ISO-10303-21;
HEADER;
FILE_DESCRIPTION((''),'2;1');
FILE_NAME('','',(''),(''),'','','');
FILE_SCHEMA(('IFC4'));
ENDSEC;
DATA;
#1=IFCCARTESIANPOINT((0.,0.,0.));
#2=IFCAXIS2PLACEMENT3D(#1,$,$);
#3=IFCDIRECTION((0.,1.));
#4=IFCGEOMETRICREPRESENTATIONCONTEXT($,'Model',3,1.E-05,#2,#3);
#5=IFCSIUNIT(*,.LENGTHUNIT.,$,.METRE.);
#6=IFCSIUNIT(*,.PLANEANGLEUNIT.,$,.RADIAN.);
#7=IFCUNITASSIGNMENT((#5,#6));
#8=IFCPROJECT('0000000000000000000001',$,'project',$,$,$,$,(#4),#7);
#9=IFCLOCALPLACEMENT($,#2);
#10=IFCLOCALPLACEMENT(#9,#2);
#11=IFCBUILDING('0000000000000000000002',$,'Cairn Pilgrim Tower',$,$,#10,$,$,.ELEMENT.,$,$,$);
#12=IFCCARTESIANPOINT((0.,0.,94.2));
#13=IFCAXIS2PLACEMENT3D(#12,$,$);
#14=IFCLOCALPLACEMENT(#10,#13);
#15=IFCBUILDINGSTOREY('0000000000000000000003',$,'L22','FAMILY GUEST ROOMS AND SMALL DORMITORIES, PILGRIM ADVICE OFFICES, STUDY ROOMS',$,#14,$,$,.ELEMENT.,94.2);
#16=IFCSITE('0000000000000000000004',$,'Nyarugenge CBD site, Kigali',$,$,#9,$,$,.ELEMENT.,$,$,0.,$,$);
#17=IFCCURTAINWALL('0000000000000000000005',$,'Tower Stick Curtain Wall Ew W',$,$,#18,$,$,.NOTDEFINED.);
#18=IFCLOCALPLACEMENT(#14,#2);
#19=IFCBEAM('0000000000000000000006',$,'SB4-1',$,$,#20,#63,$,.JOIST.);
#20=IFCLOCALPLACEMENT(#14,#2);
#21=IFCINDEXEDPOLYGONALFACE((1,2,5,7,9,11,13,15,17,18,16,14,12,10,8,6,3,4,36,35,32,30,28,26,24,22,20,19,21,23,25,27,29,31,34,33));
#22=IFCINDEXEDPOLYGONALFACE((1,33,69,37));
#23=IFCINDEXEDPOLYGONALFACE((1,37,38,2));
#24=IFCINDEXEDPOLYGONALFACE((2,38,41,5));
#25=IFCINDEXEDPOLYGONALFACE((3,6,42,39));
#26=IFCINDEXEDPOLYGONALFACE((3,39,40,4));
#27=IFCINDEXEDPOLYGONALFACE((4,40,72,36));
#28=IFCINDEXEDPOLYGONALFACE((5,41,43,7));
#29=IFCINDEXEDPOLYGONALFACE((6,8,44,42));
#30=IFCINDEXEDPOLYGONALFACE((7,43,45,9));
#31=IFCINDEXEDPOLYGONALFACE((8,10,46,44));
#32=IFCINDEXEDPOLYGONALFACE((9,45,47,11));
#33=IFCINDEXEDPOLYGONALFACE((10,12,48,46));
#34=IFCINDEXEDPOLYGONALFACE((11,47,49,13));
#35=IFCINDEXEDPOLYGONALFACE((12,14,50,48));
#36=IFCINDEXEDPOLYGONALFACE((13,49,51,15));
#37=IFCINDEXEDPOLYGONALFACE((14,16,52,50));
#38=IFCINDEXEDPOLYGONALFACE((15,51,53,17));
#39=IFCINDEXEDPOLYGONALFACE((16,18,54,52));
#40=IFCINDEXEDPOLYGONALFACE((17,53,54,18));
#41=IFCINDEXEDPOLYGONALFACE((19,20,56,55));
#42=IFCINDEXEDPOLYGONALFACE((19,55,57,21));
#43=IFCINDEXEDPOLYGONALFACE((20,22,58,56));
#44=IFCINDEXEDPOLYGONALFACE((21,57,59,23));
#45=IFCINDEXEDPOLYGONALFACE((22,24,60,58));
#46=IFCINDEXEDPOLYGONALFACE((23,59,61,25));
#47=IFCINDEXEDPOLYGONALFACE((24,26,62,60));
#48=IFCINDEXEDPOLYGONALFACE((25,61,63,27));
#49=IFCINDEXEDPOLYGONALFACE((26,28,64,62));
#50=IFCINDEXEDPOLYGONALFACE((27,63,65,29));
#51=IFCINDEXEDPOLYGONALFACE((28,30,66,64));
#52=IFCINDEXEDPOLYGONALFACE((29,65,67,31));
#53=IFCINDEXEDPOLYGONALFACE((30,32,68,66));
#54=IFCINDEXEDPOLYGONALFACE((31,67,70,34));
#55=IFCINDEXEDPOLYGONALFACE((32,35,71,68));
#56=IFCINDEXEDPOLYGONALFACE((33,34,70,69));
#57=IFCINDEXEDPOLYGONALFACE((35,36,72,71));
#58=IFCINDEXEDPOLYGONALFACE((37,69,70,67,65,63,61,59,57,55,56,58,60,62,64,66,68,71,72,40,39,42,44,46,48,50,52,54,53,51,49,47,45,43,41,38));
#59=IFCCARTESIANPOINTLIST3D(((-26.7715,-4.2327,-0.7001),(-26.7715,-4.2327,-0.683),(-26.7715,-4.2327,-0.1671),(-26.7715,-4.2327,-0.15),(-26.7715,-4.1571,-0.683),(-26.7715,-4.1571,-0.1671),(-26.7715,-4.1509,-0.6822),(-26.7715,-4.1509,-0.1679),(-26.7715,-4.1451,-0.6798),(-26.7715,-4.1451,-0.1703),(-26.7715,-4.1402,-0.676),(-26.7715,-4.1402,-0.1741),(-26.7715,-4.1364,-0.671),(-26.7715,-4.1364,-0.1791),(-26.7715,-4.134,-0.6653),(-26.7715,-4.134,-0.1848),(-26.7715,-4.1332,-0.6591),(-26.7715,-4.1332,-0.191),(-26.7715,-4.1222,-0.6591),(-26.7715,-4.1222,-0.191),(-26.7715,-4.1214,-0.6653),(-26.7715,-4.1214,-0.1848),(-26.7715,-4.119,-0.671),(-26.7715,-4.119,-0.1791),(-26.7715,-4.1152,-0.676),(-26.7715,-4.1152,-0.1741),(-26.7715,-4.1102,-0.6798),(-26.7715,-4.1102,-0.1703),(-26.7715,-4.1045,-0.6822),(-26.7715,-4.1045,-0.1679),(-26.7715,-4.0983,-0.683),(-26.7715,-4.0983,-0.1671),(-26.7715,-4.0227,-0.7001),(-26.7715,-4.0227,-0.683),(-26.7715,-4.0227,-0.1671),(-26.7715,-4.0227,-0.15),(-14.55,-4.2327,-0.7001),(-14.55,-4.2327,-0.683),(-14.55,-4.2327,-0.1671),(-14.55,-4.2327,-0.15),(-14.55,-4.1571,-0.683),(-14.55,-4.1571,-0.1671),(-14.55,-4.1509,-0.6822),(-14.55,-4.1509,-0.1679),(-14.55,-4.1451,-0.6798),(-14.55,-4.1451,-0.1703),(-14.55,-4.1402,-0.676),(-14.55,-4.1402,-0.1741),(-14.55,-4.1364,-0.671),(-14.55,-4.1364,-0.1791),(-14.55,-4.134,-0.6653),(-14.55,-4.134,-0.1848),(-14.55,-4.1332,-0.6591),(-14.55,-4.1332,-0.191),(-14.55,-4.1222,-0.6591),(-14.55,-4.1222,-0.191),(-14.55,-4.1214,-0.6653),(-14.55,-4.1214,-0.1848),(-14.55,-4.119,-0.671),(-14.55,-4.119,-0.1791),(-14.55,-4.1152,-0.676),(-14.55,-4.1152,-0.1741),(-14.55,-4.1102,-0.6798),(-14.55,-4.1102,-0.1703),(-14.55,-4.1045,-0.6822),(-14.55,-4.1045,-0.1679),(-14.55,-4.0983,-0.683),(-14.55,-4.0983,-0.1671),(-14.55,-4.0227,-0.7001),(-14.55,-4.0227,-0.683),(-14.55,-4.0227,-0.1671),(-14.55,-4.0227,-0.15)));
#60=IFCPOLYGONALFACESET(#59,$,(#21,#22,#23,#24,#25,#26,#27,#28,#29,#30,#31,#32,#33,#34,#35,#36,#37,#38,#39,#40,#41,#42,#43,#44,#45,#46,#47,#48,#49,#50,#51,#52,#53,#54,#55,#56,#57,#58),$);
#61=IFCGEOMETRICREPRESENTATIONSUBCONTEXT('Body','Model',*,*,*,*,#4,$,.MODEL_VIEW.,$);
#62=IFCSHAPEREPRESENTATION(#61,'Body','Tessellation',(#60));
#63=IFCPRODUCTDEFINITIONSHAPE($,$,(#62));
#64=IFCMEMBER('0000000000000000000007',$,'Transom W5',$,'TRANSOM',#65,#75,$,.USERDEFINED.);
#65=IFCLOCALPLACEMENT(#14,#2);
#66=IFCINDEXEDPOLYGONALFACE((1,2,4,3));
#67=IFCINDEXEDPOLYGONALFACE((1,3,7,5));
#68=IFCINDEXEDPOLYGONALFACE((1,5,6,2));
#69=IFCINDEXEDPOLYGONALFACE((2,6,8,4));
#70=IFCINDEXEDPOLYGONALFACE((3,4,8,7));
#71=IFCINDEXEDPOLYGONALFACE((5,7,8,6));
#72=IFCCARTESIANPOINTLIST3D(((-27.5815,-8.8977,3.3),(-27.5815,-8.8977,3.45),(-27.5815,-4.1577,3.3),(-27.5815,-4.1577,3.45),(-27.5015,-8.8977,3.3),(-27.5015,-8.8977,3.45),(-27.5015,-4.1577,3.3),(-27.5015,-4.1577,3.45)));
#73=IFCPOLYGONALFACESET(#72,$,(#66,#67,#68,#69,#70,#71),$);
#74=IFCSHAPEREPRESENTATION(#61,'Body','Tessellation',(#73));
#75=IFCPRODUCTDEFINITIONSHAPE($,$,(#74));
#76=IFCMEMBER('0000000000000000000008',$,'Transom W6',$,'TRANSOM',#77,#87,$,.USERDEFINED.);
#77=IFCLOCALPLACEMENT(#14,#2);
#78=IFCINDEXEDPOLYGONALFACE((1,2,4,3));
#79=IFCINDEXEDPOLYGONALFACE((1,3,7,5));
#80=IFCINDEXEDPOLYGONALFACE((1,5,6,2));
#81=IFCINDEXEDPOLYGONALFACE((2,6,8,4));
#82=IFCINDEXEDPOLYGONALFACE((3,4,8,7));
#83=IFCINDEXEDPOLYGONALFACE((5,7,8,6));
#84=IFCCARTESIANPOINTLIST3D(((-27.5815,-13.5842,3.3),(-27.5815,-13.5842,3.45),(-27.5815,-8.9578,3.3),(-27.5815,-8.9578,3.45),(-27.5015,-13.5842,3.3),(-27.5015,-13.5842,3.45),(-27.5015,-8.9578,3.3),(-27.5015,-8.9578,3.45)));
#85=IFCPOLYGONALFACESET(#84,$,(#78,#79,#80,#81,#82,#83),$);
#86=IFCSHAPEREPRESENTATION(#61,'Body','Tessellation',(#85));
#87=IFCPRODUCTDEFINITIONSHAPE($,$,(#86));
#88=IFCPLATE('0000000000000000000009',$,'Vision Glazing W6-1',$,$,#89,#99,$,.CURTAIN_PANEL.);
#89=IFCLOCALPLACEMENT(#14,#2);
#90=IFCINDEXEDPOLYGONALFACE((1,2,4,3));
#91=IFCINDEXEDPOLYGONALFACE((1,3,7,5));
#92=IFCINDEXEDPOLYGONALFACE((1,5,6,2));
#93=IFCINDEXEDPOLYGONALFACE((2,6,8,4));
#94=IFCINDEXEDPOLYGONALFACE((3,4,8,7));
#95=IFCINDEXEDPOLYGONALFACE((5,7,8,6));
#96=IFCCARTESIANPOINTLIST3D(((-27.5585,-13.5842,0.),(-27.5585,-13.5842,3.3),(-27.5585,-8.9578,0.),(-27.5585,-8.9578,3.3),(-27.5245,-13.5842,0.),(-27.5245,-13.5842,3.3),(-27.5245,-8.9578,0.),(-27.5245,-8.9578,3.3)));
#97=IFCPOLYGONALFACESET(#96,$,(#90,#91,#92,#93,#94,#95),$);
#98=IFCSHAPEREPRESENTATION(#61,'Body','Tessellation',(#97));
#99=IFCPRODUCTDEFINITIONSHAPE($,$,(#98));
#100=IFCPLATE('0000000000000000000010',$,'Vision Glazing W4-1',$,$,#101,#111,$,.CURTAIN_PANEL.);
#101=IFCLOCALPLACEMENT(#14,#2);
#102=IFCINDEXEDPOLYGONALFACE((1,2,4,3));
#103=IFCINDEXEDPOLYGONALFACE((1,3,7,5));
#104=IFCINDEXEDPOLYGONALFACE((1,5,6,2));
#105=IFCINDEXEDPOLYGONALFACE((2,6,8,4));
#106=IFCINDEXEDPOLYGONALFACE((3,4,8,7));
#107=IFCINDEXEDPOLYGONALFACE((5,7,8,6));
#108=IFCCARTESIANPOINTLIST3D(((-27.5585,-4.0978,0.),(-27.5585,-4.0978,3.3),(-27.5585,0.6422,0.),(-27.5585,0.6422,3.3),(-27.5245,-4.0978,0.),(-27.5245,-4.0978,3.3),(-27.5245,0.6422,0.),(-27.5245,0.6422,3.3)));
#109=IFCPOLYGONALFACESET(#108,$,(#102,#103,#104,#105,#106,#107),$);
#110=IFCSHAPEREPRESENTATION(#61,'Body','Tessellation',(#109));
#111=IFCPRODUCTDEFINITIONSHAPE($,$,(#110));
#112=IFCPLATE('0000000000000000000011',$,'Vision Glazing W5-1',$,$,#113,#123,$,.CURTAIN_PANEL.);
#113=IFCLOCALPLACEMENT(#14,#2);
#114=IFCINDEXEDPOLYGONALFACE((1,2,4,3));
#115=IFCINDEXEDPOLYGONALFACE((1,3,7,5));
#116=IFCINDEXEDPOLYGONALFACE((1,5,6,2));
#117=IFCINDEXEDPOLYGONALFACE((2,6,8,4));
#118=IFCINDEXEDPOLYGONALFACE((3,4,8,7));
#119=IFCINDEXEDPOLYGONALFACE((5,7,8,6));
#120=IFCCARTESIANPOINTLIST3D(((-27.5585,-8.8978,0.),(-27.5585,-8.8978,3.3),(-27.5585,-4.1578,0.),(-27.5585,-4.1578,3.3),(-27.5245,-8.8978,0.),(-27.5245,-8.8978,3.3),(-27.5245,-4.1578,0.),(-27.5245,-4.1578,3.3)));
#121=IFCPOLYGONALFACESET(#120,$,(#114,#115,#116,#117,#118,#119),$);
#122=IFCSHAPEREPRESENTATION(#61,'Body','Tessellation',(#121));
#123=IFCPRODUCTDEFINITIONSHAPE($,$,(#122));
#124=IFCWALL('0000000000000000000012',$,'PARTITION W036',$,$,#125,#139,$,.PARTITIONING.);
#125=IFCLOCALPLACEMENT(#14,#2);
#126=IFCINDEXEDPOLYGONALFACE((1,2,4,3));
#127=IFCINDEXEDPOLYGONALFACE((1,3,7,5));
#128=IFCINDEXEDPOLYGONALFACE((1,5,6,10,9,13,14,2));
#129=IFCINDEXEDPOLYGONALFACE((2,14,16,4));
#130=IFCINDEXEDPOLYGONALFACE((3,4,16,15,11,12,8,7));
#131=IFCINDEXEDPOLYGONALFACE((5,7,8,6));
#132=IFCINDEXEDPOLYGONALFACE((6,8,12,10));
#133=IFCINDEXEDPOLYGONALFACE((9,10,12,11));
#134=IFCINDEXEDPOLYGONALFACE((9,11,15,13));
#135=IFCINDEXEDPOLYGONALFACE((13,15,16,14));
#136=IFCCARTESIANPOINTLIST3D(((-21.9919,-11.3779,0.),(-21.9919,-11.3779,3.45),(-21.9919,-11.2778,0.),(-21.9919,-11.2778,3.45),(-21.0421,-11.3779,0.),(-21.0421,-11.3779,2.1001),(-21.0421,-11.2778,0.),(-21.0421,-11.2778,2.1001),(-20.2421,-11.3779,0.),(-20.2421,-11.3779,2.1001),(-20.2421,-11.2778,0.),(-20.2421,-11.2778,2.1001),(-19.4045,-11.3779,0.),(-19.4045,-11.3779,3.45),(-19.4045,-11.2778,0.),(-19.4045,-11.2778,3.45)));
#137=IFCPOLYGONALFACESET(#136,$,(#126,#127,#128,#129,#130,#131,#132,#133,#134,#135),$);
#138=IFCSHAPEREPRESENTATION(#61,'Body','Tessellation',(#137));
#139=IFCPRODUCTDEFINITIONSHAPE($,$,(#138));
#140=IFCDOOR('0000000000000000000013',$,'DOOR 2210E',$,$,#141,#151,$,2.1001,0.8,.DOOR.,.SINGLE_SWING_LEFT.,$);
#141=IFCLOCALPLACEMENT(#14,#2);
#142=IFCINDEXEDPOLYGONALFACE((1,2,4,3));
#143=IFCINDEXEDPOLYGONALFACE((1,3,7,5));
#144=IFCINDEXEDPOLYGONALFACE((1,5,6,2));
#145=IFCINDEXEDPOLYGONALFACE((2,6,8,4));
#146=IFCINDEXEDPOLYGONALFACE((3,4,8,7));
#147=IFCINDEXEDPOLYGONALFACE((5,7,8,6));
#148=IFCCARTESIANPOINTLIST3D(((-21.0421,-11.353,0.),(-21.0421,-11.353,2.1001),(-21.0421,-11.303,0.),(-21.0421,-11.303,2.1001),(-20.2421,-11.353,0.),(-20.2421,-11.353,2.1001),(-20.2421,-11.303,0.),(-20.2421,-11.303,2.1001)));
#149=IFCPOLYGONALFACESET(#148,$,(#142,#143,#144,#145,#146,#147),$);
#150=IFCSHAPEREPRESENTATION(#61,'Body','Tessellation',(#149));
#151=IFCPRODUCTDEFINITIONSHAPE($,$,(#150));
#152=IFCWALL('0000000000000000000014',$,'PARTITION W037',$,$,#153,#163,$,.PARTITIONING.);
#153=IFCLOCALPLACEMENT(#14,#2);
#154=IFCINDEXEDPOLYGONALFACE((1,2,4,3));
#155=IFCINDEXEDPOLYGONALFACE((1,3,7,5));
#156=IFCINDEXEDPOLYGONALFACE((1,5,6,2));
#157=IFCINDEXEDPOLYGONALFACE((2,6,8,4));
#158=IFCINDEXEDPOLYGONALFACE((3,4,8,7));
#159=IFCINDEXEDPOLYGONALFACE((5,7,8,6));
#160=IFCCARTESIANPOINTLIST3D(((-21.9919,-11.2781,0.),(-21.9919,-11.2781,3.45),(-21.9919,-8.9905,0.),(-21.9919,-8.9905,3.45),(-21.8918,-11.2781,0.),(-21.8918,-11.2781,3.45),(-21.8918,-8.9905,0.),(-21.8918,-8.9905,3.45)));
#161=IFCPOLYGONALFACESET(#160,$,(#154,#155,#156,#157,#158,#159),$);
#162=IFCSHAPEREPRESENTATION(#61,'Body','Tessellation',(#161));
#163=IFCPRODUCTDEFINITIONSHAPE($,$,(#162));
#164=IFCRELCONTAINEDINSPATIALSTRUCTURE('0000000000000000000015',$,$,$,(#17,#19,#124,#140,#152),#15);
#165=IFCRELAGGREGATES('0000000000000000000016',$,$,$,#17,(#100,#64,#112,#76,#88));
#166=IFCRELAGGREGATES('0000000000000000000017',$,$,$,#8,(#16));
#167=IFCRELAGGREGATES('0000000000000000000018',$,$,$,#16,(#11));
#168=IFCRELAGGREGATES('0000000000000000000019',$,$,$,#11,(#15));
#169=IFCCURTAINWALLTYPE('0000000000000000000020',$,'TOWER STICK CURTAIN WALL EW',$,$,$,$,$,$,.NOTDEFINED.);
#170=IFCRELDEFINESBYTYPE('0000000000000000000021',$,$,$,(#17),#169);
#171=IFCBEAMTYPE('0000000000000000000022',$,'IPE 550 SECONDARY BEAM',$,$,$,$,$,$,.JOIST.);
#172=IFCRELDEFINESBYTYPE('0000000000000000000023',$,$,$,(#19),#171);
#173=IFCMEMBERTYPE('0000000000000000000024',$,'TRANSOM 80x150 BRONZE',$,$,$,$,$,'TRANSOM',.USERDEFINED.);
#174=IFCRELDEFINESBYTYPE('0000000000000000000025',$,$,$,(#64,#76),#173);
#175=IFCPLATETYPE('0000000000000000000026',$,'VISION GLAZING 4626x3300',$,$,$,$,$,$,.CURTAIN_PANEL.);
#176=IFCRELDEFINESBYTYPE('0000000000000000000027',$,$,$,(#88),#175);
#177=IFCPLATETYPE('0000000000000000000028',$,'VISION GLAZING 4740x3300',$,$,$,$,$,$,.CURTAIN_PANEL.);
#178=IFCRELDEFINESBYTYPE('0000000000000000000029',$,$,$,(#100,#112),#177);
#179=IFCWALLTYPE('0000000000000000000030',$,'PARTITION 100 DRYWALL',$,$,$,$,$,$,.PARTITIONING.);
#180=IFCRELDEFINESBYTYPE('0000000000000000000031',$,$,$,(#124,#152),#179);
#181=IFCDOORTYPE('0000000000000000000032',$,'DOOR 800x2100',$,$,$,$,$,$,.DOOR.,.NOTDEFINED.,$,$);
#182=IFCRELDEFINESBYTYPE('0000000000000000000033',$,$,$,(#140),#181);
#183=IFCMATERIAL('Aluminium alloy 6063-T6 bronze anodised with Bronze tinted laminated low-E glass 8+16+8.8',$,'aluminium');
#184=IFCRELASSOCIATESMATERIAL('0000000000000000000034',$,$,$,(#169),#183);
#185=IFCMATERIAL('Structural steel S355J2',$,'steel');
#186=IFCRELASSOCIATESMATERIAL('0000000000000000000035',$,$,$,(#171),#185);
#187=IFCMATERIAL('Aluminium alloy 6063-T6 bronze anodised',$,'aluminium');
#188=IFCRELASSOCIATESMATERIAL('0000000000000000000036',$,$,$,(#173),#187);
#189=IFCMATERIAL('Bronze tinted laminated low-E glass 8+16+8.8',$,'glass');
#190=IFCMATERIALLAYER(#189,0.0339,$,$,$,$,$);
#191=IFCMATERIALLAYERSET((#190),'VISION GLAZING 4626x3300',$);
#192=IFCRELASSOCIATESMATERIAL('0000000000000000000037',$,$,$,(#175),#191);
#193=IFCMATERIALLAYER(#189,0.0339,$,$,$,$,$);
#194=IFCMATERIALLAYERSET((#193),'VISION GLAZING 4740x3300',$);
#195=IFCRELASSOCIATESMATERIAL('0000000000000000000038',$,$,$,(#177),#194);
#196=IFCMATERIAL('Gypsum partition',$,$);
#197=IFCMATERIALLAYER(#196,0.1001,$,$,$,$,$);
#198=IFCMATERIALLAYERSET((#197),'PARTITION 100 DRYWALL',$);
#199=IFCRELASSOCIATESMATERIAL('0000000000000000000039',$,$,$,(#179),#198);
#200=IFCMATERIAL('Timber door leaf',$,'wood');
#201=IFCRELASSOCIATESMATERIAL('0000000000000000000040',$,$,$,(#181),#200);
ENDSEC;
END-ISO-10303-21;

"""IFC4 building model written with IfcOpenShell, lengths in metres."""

from ifc_helpers import new_model, si_unit, direction, frame, frame_2d, origin, origin_2d, place, context, subcontext, project, spatial, rectangle, i_section, extrude, material, layer, layer_set, material_profile, profile_set, type_object, element, fill, aggregate, save


model = new_model("IFC4")

# Units and contexts
model_context = context("Model", 3, precision=1e-05, world=origin(), true_north=direction((0.0, 1.0)))
body_context = subcontext(model_context, "Body", "Model", "MODEL_VIEW")
ifc_project = project(units=[si_unit("LENGTHUNIT", "METRE"), si_unit("PLANEANGLEUNIT", "RADIAN")], contexts=[model_context])

# Site, building, storey
site_placement = place(None, origin())
site = spatial("IfcSite", under=ifc_project, at=site_placement, Name="Nyarugenge CBD site, Kigali", CompositionType="ELEMENT", RefElevation=0.0)
building_placement = place(site_placement, origin())
building = spatial("IfcBuilding", under=site, at=building_placement, Name="Cairn Pilgrim Tower", CompositionType="ELEMENT")
storey_placement = place(building_placement, frame((0.0, 0.0, 94.2)))
storey = spatial("IfcBuildingStorey", under=building, at=storey_placement, Name="L22", Description="FAMILY GUEST ROOMS AND SMALL DORMITORIES, PILGRIM ADVICE OFFICES, STUDY ROOMS", CompositionType="ELEMENT", Elevation=94.2)

# Curtain wall
ifc_material_1 = material(Name="Aluminium alloy 6063-T6 bronze anodised with Bronze tinted laminated low-E glass 8+16+8.8", Category="aluminium")
curtain_wall_type = type_object("IfcCurtainWallType", Name="TOWER STICK CURTAIN WALL EW", PredefinedType="NOTDEFINED", material=ifc_material_1)
curtain_wall_placement = place(storey_placement, origin())
curtain_wall = element("IfcCurtainWall", 1, at=curtain_wall_placement, inside=storey, type_object=curtain_wall_type, Name="Tower Stick Curtain Wall Ew W", PredefinedType="NOTDEFINED")
ifc_material_2 = material(Name="Aluminium alloy 6063-T6 bronze anodised", Category="aluminium")

# Beam
ifc_material_3 = material(Name="Structural steel S355J2", Category="steel")
ifc_material_profile_1 = material_profile(ifc_material_3, i_section(OverallWidth=0.21, OverallDepth=0.55, WebThickness=0.011, FlangeThickness=0.0171, FilletRadius=0.0239, at=origin_2d()), Name="IPE 550")
ifc_profile_set_1 = profile_set([ifc_material_profile_1], Name="Structural steel S355J2")
beam_type_1 = type_object("IfcBeamType", Name="IPE 550 SECONDARY BEAM", PredefinedType="JOIST", material=ifc_profile_set_1)
for number, where, z_axis, x_axis, name in (
    (2, (-26.7715, -4.1277, -0.425), (1.0, 0.0, 0.0), (0.0, 1.0, 0.0), "SB4-1"),
):
    element("IfcBeam", number, at=place(storey_placement, frame(where, z_axis=z_axis, x_axis=x_axis)), inside=storey, type_object=beam_type_1, Name=name, PredefinedType="JOIST", context=body_context, shape_type="SweptSolid", body=[
        extrude(i_section(OverallWidth=0.21, OverallDepth=0.55, WebThickness=0.011, FlangeThickness=0.0171, FilletRadius=0.0239, at=origin_2d()), origin(), (0.0, 0.0, 1.0), 12.2214),
    ])

# Members
ifc_material_profile_2 = material_profile(ifc_material_2, rectangle(XDim=0.0801, YDim=0.1499, at=origin_2d()), Name="TRANSOM 80x150 BRONZE")
ifc_profile_set_2 = profile_set([ifc_material_profile_2], Name="Aluminium alloy 6063-T6 bronze anodised")
member_type_1 = type_object("IfcMemberType", Name="TRANSOM 80x150 BRONZE", ElementType="TRANSOM", PredefinedType="USERDEFINED", material=ifc_profile_set_2)
member_1_placement = place(storey_placement, frame((-27.5415, -4.1577, 3.375), z_axis=(0.0, -1.0, 0.0), x_axis=(1.0, 0.0, 0.0)))
member_1 = element("IfcMember", 3, at=member_1_placement, type_object=member_type_1, Name="Transom W5", ObjectType="TRANSOM", PredefinedType="USERDEFINED", context=body_context, shape_type="SweptSolid", body=[
    extrude(rectangle(XDim=0.0801, YDim=0.1499, at=origin_2d()), origin(), (0.0, 0.0, 1.0), 4.74),
])
member_2_placement = place(storey_placement, frame((-27.5415, -8.9578, 3.375), z_axis=(0.0, -1.0, 0.0), x_axis=(1.0, 0.0, 0.0)))
member_2 = element("IfcMember", 4, at=member_2_placement, type_object=member_type_1, Name="Transom W6", ObjectType="TRANSOM", PredefinedType="USERDEFINED", context=body_context, shape_type="SweptSolid", body=[
    extrude(rectangle(XDim=0.0801, YDim=0.1499, at=origin_2d()), origin(), (0.0, 0.0, 1.0), 4.6265),
])

# Plates
ifc_material_4 = material(Name="Bronze tinted laminated low-E glass 8+16+8.8", Category="glass")
ifc_layer_1 = layer(ifc_material_4, 0.0339)
ifc_layer_set_1 = layer_set([ifc_layer_1], Name="VISION GLAZING 4626x3300")
plate_type_1 = type_object("IfcPlateType", Name="VISION GLAZING 4626x3300", PredefinedType="CURTAIN_PANEL", material=ifc_layer_set_1)
plate_1_placement = place(storey_placement, frame((-27.5415, -11.271, 0.0), z_axis=(0.0, 0.0, 1.0), x_axis=(0.0, -1.0, 0.0)))
plate_1 = element("IfcPlate", 5, at=plate_1_placement, type_object=plate_type_1, Name="Vision Glazing W6-1", PredefinedType="CURTAIN_PANEL", context=body_context, shape_type="SweptSolid", body=[
    extrude(rectangle(XDim=4.6265, YDim=0.0339, at=origin_2d()), origin(), (0.0, 0.0, 1.0), 3.3),
])
ifc_layer_2 = layer(ifc_material_4, 0.0339)
ifc_layer_set_2 = layer_set([ifc_layer_2], Name="VISION GLAZING 4740x3300")
plate_type_2 = type_object("IfcPlateType", Name="VISION GLAZING 4740x3300", PredefinedType="CURTAIN_PANEL", material=ifc_layer_set_2)
plate_2_placement = place(storey_placement, frame((-27.5415, -1.7278, 0.0), z_axis=(0.0, 0.0, 1.0), x_axis=(0.0, -1.0, 0.0)))
plate_2 = element("IfcPlate", 6, at=plate_2_placement, type_object=plate_type_2, Name="Vision Glazing W4-1", PredefinedType="CURTAIN_PANEL", context=body_context, shape_type="SweptSolid", body=[
    extrude(rectangle(XDim=4.74, YDim=0.0339, at=origin_2d()), origin(), (0.0, 0.0, 1.0), 3.3),
])
plate_3_placement = place(storey_placement, frame((-27.5415, -6.5278, 0.0), z_axis=(0.0, 0.0, 1.0), x_axis=(0.0, -1.0, 0.0)))
plate_3 = element("IfcPlate", 7, at=plate_3_placement, type_object=plate_type_2, Name="Vision Glazing W5-1", PredefinedType="CURTAIN_PANEL", context=body_context, shape_type="SweptSolid", body=[
    extrude(rectangle(XDim=4.74, YDim=0.0339, at=origin_2d()), origin(), (0.0, 0.0, 1.0), 3.3),
])
aggregate(curtain_wall, [plate_2, member_1, plate_3, member_2, plate_1])

# Wall, opening, door
ifc_material_5 = material(Name="Gypsum partition")
ifc_layer_3 = layer(ifc_material_5, 0.1001)
ifc_layer_set_3 = layer_set([ifc_layer_3], Name="PARTITION 100 DRYWALL")
wall_type_1 = type_object("IfcWallType", Name="PARTITION 100 DRYWALL", PredefinedType="PARTITIONING", material=ifc_layer_set_3)
wall_1_placement = place(storey_placement, frame((-21.9919, -11.3279, 0.0), z_axis=(0.0, 0.0, 1.0), x_axis=(1.0, 0.0, 0.0)))
wall_1 = element("IfcWall", 8, at=wall_1_placement, inside=storey, type_object=wall_type_1, Name="PARTITION W036", PredefinedType="PARTITIONING", context=body_context, shape_type="SweptSolid", body=[
    extrude(rectangle(XDim=2.5874, YDim=0.1001, at=frame_2d((1.2937, 0.0))), origin(), (0.0, 0.0, 1.0), 3.45),
])
opening_1_placement = place(wall_1_placement, frame((0.95, 0.0, 0.0)))
opening_1 = element("IfcOpeningElement", 9, at=opening_1_placement, cuts=wall_1, PredefinedType="OPENING", context=body_context, shape_type="SweptSolid", body=[
    extrude(rectangle(XDim=0.8, YDim=2.1001, at=frame_2d((0.3999, 1.05))), frame((0.0, 0.0601, 0.0), z_axis=(0.0, -1.0, 0.0), x_axis=(1.0, 0.0, 0.0)), (0.0, 0.0, 1.0), 0.1201),
])
ifc_material_6 = material(Name="Timber door leaf", Category="wood")
door_type_1 = type_object("IfcDoorType", Name="DOOR 800x2100", OperationType="NOTDEFINED", PredefinedType="DOOR", material=ifc_material_6)
door_1_placement = place(opening_1_placement, origin())
door_1 = element("IfcDoor", 10, at=door_1_placement, inside=storey, type_object=door_type_1, Name="DOOR 2210E", OperationType="SINGLE_SWING_LEFT", OverallHeight=2.1001, OverallWidth=0.8, PredefinedType="DOOR", context=body_context, shape_type="SweptSolid", body=[
    extrude(rectangle(XDim=0.8, YDim=2.1001, at=frame_2d((0.3999, 1.05))), frame((0.0, 0.0249, 0.0), z_axis=(0.0, -1.0, 0.0), x_axis=(1.0, 0.0, 0.0)), (0.0, 0.0, 1.0), 0.05),
])
fill(opening_1, door_1)

# Wall
wall_2_placement = place(storey_placement, frame((-21.9419, -11.2781, 0.0), z_axis=(0.0, 0.0, 1.0), x_axis=(0.0, 1.0, 0.0)))
element("IfcWall", 11, at=wall_2_placement, inside=storey, type_object=wall_type_1, Name="PARTITION W037", PredefinedType="PARTITIONING", context=body_context, shape_type="SweptSolid", body=[
    extrude(rectangle(XDim=2.2876, YDim=0.1001, at=frame_2d((1.1438, 0.0))), origin(), (0.0, 0.0, 1.0), 3.45),
])

save(model, "model.ifc")
